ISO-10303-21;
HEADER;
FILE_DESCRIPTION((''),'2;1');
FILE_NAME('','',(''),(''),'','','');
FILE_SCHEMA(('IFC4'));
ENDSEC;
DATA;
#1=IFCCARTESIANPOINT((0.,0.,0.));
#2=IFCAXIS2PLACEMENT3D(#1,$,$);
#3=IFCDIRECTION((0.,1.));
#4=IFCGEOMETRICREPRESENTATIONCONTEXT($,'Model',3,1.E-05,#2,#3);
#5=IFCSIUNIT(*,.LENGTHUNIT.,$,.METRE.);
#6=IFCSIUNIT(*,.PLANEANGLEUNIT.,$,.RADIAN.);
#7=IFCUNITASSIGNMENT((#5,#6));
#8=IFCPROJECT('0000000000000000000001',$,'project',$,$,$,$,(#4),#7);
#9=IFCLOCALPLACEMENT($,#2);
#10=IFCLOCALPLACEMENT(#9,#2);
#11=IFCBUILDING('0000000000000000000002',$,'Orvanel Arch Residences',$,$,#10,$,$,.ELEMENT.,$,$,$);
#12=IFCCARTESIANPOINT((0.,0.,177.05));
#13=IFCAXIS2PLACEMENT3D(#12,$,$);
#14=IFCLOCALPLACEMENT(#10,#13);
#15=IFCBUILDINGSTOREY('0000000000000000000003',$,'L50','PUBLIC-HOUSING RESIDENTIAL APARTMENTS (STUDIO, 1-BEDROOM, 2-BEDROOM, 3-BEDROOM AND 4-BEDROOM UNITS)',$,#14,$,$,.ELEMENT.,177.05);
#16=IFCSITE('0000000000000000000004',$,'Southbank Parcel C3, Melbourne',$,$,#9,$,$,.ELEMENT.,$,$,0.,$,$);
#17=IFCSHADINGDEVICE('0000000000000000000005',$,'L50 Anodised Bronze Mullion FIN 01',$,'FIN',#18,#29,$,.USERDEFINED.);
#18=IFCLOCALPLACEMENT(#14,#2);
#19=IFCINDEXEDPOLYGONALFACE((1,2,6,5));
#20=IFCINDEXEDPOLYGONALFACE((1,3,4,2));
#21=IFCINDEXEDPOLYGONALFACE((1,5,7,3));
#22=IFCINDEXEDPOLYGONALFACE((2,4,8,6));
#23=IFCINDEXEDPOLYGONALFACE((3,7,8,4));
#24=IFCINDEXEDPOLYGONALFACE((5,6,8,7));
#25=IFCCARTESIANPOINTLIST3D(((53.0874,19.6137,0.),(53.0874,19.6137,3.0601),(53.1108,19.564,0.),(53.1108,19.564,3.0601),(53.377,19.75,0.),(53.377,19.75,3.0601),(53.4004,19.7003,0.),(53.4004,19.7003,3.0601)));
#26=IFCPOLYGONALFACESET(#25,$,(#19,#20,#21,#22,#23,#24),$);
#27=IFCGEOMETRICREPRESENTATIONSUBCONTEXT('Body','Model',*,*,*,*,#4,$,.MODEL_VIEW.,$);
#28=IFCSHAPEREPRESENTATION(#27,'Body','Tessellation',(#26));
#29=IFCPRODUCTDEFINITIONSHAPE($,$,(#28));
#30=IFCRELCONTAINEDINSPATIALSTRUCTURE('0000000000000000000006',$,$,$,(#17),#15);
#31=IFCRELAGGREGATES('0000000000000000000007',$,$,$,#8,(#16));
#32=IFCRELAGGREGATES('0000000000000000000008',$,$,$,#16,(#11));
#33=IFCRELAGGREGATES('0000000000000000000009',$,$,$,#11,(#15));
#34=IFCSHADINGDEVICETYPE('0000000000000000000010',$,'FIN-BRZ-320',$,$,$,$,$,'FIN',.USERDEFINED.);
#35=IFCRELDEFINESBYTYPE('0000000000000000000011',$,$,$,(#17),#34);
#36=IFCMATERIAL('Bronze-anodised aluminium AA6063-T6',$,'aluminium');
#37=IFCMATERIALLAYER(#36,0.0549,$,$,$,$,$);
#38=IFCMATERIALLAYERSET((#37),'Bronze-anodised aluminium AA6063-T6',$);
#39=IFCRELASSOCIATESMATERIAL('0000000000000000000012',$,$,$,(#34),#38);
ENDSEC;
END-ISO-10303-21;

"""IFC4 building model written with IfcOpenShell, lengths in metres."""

from ifc_helpers import new_model, si_unit, direction, frame, origin, origin_2d, place, context, subcontext, project, spatial, rectangle, extrude, material, layer, layer_set, type_object, element, save


model = new_model("IFC4")

# Units and contexts
model_context = context("Model", 3, precision=1e-05, world=origin(), true_north=direction((0.0, 1.0)))
body_context = subcontext(model_context, "Body", "Model", "MODEL_VIEW")
ifc_project = project(units=[si_unit("LENGTHUNIT", "METRE"), si_unit("PLANEANGLEUNIT", "RADIAN")], contexts=[model_context])

# Site, building, storey
site_placement = place(None, origin())
site = spatial("IfcSite", under=ifc_project, at=site_placement, Name="Southbank Parcel C3, Melbourne", CompositionType="ELEMENT", RefElevation=0.0)
building_placement = place(site_placement, origin())
building = spatial("IfcBuilding", under=site, at=building_placement, Name="Orvanel Arch Residences", CompositionType="ELEMENT")
storey_placement = place(building_placement, frame((0.0, 0.0, 177.05)))
storey = spatial("IfcBuildingStorey", under=building, at=storey_placement, Name="L50", Description="PUBLIC-HOUSING RESIDENTIAL APARTMENTS (STUDIO, 1-BEDROOM, 2-BEDROOM, 3-BEDROOM AND 4-BEDROOM UNITS)", CompositionType="ELEMENT", Elevation=177.05)

# Shared definitions
ifc_material_1 = material(Name="Bronze-anodised aluminium AA6063-T6", Category="aluminium")

# Shading device
ifc_layer_1 = layer(ifc_material_1, 0.0549)
ifc_layer_set_1 = layer_set([ifc_layer_1], Name="Bronze-anodised aluminium AA6063-T6")
shading_device_type = type_object("IfcShadingDeviceType", Name="FIN-BRZ-320", ElementType="FIN", PredefinedType="USERDEFINED", material=ifc_layer_set_1)
shading_device_placement = place(storey_placement, frame((53.2439, 19.657, 0.0), z_axis=(0.0, 0.0, 1.0), x_axis=(0.904827, 0.425779, 0.0)))
element("IfcShadingDevice", 1, at=shading_device_placement, inside=storey, type_object=shading_device_type, Name="L50 Anodised Bronze Mullion FIN 01", ObjectType="FIN", PredefinedType="USERDEFINED", context=body_context, shape_type="SweptSolid", body=[
    extrude(rectangle(XDim=0.3201, YDim=0.0549, at=origin_2d()), origin(), (0.0, 0.0, 1.0), 3.0601),
])

save(model, "model.ifc")
